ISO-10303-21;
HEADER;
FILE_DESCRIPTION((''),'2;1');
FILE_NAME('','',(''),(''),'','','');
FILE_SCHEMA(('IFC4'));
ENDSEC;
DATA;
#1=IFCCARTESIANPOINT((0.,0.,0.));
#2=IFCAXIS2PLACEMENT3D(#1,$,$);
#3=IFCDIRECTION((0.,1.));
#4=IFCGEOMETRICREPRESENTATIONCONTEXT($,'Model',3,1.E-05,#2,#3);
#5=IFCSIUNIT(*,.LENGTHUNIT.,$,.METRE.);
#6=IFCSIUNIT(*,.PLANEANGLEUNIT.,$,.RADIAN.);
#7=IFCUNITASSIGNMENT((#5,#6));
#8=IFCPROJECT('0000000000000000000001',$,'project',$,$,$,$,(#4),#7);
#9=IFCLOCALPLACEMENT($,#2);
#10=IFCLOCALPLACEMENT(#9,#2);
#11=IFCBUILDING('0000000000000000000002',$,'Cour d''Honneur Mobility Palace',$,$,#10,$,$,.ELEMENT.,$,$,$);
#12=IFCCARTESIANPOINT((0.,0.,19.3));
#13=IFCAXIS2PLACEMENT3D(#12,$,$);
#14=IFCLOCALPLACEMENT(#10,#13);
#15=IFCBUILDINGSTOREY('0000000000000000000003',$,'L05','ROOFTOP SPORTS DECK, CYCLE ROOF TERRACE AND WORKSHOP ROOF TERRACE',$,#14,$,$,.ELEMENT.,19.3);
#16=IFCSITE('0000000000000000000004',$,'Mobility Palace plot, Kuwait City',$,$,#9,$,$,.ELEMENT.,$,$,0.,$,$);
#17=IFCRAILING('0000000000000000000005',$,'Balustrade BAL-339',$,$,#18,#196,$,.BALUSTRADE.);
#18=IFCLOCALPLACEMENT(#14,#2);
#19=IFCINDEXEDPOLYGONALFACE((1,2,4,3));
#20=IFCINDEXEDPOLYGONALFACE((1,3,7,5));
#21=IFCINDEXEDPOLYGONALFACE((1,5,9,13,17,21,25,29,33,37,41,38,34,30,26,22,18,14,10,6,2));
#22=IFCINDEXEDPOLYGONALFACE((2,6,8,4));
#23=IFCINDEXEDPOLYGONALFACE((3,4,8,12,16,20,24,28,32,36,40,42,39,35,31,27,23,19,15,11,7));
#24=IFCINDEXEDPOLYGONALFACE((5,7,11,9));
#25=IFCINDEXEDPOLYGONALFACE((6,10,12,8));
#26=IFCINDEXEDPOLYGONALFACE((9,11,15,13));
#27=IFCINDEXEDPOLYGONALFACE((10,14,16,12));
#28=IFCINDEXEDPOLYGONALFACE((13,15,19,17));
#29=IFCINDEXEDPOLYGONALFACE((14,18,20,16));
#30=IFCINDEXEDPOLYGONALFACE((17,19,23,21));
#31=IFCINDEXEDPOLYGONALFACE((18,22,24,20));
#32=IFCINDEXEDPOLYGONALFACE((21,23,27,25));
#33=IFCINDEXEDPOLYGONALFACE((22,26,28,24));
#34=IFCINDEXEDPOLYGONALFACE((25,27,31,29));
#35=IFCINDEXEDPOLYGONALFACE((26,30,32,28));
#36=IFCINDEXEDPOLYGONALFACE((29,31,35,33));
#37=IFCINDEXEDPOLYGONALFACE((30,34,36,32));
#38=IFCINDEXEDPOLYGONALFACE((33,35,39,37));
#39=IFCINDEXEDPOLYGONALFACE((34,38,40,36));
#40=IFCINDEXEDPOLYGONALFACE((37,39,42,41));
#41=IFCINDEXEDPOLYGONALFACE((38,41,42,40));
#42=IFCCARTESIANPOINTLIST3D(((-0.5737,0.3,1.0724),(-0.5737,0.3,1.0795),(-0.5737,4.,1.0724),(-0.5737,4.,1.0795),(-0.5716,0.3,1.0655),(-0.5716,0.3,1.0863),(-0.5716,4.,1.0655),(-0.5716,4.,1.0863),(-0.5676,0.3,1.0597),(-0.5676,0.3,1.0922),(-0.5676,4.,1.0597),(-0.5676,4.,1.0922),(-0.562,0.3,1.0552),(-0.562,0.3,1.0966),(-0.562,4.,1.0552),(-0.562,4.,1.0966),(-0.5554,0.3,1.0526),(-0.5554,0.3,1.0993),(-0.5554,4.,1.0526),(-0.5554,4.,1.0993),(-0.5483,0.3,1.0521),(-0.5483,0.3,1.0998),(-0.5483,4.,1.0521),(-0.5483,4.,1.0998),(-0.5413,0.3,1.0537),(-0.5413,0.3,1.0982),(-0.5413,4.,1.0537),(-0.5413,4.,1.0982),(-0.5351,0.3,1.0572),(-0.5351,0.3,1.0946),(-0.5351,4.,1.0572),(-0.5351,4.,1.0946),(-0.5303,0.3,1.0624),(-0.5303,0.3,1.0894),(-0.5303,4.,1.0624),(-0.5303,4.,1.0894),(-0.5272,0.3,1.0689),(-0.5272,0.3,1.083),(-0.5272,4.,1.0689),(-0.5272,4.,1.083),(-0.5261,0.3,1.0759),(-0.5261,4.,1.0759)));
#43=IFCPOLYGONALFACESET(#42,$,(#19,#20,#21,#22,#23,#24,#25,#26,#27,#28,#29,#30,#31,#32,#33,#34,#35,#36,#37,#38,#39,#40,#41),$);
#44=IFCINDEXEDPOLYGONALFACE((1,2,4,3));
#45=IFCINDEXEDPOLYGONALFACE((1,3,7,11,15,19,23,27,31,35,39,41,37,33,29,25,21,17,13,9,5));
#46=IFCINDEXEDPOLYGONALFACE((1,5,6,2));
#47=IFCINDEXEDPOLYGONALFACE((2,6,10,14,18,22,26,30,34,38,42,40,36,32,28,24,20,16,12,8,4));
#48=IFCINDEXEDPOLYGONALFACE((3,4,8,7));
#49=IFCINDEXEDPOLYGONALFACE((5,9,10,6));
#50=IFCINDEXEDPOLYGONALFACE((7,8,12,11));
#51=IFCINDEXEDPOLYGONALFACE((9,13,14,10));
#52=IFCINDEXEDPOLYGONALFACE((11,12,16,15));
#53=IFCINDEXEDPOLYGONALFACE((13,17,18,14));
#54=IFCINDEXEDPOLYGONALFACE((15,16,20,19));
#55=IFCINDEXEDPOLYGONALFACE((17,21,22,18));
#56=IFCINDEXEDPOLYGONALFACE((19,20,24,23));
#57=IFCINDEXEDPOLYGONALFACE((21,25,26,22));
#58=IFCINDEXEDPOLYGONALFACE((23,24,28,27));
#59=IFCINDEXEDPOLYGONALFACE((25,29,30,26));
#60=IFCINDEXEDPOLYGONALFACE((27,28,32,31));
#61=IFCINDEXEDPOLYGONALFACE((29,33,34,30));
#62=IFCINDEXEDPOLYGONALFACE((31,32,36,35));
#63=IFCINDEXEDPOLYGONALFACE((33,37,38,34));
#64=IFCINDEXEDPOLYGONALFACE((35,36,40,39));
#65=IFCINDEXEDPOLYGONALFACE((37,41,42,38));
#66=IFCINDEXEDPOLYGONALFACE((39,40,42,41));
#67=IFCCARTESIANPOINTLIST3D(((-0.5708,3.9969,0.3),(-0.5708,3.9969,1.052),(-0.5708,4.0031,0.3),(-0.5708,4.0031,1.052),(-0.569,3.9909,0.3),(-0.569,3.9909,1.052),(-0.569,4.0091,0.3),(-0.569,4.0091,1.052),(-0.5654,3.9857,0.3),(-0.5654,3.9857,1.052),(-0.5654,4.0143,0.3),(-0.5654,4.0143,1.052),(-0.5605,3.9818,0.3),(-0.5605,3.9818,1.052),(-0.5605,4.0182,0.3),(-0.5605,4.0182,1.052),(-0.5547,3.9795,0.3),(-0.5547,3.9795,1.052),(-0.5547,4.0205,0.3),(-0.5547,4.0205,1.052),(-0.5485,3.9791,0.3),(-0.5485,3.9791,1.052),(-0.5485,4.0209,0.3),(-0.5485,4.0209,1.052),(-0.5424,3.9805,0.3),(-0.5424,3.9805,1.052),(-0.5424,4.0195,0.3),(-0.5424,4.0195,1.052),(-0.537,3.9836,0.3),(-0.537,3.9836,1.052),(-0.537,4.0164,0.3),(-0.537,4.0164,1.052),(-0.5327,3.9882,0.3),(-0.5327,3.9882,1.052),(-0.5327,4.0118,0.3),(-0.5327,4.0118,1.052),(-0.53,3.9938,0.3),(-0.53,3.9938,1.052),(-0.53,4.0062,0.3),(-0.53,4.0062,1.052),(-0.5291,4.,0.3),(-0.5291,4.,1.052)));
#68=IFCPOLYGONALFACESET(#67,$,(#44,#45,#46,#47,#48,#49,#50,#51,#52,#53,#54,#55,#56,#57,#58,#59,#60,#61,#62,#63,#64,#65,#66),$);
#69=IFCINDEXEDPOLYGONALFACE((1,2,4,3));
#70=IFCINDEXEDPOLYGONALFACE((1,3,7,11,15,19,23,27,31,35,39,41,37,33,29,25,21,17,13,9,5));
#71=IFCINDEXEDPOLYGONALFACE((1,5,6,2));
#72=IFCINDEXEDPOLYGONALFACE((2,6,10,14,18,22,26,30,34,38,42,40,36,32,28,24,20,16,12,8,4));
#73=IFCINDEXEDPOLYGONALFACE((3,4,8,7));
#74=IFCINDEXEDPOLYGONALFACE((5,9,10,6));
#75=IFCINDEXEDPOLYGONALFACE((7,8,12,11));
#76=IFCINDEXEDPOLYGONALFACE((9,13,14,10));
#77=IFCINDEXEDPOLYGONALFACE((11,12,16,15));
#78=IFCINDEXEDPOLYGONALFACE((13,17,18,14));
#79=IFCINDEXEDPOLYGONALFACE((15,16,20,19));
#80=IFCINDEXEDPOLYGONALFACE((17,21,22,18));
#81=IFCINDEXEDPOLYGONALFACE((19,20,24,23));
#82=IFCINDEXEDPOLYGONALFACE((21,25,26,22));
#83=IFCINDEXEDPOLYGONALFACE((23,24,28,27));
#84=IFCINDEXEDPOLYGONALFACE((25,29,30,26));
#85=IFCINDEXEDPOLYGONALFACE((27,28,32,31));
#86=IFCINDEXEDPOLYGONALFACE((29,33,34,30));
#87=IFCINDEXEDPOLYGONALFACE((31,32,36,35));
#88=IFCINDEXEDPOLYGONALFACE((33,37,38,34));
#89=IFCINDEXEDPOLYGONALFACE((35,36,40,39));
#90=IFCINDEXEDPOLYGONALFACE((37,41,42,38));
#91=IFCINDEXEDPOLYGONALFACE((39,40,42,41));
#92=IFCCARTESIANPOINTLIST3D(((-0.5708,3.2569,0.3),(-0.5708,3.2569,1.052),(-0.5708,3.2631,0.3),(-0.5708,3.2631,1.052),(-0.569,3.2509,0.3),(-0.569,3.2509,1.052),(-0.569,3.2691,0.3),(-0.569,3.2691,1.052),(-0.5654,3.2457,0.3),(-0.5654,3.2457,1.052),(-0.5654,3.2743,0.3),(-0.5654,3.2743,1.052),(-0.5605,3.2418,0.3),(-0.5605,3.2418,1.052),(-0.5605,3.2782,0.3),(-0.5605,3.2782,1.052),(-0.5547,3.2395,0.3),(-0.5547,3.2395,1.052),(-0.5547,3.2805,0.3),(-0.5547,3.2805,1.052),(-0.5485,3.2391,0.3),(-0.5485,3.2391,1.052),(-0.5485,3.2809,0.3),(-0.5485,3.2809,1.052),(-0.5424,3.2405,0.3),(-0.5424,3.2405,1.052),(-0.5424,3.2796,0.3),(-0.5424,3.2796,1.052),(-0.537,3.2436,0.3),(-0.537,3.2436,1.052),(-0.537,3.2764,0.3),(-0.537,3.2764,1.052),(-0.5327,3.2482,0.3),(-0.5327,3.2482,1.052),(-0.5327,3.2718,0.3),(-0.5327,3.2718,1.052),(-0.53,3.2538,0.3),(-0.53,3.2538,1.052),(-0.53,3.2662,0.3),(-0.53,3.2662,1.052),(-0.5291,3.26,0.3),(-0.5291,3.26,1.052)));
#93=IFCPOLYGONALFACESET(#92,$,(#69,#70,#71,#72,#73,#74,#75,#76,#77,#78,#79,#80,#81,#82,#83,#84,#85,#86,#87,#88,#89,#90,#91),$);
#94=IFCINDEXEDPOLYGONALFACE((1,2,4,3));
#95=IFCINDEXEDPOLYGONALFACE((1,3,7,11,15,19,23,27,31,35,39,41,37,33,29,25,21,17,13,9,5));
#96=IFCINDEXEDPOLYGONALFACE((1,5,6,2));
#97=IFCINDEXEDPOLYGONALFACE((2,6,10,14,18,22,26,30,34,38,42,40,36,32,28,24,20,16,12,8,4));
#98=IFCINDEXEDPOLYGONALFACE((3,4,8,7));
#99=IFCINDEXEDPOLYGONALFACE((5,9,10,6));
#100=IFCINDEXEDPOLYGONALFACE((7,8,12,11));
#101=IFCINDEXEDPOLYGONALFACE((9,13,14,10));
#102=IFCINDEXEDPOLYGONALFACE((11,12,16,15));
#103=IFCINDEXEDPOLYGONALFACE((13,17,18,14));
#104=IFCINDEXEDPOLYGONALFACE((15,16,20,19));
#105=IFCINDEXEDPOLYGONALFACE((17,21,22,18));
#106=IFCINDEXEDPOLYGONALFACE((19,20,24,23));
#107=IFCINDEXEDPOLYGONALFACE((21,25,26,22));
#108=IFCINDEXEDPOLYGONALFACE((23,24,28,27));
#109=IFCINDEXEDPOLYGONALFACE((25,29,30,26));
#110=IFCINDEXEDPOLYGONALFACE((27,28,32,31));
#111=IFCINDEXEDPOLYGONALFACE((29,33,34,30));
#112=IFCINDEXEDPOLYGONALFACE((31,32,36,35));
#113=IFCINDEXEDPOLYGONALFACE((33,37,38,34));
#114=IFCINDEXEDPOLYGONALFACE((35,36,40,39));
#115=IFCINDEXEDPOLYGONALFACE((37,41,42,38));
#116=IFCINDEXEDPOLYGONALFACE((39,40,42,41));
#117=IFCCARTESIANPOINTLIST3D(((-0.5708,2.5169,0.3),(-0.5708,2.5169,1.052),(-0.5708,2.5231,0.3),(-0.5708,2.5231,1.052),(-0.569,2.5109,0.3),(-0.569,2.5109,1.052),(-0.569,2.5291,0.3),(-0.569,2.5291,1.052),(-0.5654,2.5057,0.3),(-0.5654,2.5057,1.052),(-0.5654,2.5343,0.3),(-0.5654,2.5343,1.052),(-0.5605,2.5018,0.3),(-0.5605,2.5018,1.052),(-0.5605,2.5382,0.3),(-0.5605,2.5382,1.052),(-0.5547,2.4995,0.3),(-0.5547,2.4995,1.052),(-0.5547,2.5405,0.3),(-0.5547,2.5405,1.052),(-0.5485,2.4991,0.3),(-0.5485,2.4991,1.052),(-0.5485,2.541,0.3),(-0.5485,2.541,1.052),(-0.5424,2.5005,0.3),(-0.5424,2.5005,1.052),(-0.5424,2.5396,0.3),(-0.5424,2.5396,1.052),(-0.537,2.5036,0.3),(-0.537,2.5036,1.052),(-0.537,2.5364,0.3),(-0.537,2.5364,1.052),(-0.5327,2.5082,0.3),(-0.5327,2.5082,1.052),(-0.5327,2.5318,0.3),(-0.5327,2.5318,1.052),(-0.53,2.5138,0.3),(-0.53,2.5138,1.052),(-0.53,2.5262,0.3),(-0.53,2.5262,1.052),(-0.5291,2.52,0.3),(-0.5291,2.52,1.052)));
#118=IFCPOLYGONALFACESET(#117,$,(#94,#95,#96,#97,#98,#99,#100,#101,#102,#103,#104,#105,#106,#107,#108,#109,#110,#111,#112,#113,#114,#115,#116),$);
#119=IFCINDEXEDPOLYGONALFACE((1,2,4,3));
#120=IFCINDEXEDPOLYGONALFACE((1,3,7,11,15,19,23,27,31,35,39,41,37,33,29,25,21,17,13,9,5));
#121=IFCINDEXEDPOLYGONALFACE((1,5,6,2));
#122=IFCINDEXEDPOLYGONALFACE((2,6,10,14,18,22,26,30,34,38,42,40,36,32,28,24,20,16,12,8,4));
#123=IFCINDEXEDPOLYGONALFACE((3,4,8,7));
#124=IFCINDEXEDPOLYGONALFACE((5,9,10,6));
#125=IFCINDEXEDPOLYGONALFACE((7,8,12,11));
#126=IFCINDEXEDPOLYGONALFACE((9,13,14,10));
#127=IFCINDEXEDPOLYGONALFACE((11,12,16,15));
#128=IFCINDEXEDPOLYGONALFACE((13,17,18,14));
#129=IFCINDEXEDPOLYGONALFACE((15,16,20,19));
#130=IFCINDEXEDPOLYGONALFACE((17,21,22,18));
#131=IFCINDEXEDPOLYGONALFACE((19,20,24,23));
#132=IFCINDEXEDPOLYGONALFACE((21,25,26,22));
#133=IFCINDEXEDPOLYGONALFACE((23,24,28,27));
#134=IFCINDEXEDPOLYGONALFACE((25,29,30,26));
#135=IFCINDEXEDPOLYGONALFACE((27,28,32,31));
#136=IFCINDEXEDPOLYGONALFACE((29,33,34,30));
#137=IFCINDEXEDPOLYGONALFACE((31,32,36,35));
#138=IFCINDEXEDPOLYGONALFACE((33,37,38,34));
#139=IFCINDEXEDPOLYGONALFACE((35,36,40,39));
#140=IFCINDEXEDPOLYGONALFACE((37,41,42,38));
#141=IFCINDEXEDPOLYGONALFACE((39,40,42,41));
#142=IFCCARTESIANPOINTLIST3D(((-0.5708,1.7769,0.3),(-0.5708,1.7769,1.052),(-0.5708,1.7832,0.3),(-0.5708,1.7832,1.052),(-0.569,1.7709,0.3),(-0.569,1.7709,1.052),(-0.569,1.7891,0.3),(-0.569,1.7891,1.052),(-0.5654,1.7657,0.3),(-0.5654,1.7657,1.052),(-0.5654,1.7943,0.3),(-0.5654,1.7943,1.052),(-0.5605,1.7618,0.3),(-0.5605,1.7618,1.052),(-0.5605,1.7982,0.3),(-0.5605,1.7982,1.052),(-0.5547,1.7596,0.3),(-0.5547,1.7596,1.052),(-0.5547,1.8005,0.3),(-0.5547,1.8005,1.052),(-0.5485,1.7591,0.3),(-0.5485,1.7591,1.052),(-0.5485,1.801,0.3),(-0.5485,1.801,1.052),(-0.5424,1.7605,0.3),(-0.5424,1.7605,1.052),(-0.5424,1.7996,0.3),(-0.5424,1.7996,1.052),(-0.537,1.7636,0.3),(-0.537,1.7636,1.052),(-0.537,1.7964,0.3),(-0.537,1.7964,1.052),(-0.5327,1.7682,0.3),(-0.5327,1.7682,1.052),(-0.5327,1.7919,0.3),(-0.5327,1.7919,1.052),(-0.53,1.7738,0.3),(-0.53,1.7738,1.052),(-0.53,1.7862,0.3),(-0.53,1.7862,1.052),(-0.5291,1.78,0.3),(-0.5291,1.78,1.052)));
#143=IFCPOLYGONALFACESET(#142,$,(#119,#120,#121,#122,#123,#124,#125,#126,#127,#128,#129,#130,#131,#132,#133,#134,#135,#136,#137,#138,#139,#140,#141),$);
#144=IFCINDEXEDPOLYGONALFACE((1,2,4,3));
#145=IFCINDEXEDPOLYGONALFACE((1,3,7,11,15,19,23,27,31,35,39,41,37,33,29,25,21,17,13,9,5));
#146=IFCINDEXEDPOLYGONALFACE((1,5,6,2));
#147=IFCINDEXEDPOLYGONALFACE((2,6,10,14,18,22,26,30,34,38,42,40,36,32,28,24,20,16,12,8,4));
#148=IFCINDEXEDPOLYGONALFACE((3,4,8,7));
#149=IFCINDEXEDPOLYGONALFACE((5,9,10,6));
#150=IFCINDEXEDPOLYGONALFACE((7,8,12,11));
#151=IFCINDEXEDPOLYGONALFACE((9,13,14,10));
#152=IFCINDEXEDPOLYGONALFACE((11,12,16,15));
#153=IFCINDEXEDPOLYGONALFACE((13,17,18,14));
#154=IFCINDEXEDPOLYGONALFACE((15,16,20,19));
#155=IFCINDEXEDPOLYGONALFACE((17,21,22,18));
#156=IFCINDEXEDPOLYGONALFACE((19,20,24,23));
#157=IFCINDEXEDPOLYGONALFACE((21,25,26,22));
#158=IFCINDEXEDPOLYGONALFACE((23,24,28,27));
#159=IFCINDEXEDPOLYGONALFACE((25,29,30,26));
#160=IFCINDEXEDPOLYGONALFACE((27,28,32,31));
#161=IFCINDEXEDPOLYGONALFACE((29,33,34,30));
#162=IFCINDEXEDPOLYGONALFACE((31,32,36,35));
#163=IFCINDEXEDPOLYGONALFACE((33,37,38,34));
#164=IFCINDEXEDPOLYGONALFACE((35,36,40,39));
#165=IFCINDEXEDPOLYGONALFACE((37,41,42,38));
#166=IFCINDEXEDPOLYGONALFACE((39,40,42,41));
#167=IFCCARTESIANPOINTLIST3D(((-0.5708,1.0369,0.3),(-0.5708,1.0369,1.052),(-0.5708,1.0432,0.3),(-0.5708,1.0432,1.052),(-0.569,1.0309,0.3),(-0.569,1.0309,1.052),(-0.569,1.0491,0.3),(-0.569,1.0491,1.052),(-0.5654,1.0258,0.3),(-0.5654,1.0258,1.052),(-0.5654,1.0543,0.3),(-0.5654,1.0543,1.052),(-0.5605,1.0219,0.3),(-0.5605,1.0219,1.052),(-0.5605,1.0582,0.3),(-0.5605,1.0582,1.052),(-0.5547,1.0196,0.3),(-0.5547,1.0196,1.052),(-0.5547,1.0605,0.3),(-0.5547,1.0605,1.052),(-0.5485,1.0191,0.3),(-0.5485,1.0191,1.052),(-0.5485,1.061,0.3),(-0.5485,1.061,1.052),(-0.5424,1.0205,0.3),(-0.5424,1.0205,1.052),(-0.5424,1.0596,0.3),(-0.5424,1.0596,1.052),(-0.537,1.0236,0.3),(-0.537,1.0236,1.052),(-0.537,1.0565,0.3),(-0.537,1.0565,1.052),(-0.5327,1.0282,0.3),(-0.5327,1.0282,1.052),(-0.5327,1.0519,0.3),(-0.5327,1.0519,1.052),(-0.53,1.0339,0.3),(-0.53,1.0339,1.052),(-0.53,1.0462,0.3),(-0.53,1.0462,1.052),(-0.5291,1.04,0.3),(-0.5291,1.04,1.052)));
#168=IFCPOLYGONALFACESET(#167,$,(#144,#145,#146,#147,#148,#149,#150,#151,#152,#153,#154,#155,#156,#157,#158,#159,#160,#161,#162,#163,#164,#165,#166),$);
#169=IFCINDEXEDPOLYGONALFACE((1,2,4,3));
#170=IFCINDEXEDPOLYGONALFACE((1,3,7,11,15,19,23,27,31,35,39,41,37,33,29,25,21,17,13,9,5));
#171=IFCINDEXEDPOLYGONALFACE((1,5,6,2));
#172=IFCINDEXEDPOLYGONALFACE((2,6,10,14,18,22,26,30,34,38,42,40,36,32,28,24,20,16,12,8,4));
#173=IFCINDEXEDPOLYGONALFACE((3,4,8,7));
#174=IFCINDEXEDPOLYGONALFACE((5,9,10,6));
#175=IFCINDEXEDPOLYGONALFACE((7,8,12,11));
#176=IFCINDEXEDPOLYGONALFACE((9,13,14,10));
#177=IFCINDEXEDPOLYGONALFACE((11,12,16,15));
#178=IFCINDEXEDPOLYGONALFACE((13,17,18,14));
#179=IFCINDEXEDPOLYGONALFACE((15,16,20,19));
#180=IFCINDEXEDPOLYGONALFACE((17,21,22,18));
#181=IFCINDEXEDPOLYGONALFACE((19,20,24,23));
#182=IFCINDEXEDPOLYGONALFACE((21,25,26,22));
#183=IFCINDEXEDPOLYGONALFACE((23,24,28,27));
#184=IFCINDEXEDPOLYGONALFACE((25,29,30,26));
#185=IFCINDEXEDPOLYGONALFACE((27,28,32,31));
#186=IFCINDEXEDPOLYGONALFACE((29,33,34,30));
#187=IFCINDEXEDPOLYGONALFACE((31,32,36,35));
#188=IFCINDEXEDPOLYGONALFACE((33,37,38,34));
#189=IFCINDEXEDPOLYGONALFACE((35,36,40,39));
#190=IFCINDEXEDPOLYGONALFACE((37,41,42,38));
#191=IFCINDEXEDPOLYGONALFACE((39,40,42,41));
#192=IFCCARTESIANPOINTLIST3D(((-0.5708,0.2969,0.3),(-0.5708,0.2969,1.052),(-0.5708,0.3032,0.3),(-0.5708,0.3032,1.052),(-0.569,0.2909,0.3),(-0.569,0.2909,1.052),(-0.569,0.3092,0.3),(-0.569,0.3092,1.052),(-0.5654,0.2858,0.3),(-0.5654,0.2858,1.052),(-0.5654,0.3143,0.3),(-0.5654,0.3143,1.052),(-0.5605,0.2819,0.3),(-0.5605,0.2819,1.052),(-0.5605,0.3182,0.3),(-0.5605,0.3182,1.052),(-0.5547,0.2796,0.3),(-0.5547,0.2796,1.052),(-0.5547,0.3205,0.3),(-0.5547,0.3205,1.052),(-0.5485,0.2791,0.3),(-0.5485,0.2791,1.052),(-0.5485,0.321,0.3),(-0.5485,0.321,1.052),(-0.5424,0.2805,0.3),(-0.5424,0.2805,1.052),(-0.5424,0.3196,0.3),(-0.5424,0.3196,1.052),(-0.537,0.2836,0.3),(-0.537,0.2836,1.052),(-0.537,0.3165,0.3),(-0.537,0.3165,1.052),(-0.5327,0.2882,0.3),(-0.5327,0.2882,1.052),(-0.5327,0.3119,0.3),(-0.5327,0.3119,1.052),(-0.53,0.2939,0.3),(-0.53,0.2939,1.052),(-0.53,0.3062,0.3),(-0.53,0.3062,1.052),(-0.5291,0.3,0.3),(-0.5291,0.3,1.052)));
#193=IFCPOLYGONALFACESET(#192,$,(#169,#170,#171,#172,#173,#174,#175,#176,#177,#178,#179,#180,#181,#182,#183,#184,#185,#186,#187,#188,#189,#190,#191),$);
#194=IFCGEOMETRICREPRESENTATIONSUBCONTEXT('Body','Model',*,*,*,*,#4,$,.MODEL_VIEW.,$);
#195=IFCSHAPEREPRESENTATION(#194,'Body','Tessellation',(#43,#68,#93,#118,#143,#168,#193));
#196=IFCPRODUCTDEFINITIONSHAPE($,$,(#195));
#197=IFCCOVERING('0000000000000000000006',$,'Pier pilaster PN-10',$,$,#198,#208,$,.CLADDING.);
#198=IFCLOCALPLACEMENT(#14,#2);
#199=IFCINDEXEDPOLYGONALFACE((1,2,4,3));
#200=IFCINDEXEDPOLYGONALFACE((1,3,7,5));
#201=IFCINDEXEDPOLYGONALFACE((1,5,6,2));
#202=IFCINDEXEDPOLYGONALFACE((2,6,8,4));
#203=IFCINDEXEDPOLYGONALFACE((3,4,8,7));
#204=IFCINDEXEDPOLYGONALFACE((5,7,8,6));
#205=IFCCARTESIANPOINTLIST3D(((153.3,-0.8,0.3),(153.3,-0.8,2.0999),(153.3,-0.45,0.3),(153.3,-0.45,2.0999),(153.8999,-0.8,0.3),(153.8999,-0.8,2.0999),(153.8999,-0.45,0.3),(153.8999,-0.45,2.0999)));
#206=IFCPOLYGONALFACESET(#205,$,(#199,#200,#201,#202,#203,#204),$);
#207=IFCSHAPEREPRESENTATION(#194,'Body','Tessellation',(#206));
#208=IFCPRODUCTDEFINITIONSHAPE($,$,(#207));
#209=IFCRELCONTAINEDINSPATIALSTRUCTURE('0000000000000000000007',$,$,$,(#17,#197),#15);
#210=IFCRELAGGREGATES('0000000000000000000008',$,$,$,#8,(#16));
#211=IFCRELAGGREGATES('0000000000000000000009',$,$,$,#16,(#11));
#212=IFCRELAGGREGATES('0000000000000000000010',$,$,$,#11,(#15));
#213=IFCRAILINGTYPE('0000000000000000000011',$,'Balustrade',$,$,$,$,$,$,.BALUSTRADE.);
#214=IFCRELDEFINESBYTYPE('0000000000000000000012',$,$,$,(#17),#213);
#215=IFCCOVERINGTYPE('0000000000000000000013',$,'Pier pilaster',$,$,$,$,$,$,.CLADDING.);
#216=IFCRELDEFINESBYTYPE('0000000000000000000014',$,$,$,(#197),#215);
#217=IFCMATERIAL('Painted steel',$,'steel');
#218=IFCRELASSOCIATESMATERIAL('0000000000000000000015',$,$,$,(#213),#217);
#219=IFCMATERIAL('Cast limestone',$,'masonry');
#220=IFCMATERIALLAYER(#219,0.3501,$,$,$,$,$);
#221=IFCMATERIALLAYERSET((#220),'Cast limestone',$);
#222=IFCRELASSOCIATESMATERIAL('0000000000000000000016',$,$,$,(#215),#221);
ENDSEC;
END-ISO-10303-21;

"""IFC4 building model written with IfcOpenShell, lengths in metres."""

from ifc_helpers import new_model, si_unit, direction, frame, origin, origin_2d, place, context, subcontext, project, spatial, polyline, circle, outline, extrude, material, layer, layer_set, type_object, element, save


model = new_model("IFC4")

# Units and contexts
model_context = context("Model", 3, precision=1e-05, world=origin(), true_north=direction((0.0, 1.0)))
body_context = subcontext(model_context, "Body", "Model", "MODEL_VIEW")
ifc_project = project(units=[si_unit("LENGTHUNIT", "METRE"), si_unit("PLANEANGLEUNIT", "RADIAN")], contexts=[model_context])

# Site, building, storey
site_placement = place(None, origin())
site = spatial("IfcSite", under=ifc_project, at=site_placement, Name="Mobility Palace plot, Kuwait City", CompositionType="ELEMENT", RefElevation=0.0)
building_placement = place(site_placement, origin())
building = spatial("IfcBuilding", under=site, at=building_placement, Name="Cour d'Honneur Mobility Palace", CompositionType="ELEMENT")
storey_placement = place(building_placement, frame((0.0, 0.0, 19.3)))
storey = spatial("IfcBuildingStorey", under=building, at=storey_placement, Name="L05", Description="ROOFTOP SPORTS DECK, CYCLE ROOF TERRACE AND WORKSHOP ROOF TERRACE", CompositionType="ELEMENT", Elevation=19.3)

# Railing
ifc_material_1 = material(Name="Painted steel", Category="steel")
railing_type = type_object("IfcRailingType", Name="Balustrade", PredefinedType="BALUSTRADE", material=ifc_material_1)
railing_placement = place(storey_placement, frame((-0.55, 4.0, 0.3)))
element("IfcRailing", 1, at=railing_placement, inside=storey, type_object=railing_type, Name="Balustrade BAL-339", PredefinedType="BALUSTRADE", context=body_context, shape_type="SweptSolid", body=[
    extrude(circle(Radius=0.0239, at=origin_2d()), frame((0.0, 0.0, 0.7759), z_axis=(0.0, -1.0, 0.0), x_axis=(1.0, 0.0, 0.0)), (0.0, 0.0, 1.0), 3.7),
    extrude(circle(Radius=0.021, at=origin_2d()), origin(), (0.0, 0.0, 1.0), 0.752),
    extrude(circle(Radius=0.021, at=origin_2d()), frame((0.0, -0.74, 0.0)), (0.0, 0.0, 1.0), 0.752),
    extrude(circle(Radius=0.021, at=origin_2d()), frame((0.0, -1.48, 0.0)), (0.0, 0.0, 1.0), 0.752),
    extrude(circle(Radius=0.021, at=origin_2d()), frame((0.0, -2.22, 0.0)), (0.0, 0.0, 1.0), 0.752),
    extrude(circle(Radius=0.021, at=origin_2d()), frame((0.0, -2.96, 0.0)), (0.0, 0.0, 1.0), 0.752),
    extrude(circle(Radius=0.021, at=origin_2d()), frame((0.0, -3.7, 0.0)), (0.0, 0.0, 1.0), 0.752),
])

# Covering
ifc_material_2 = material(Name="Cast limestone", Category="masonry")
ifc_layer_1 = layer(ifc_material_2, 0.3501)
ifc_layer_set_1 = layer_set([ifc_layer_1], Name="Cast limestone")
covering_type_1 = type_object("IfcCoveringType", Name="Pier pilaster", PredefinedType="CLADDING", material=ifc_layer_set_1)
covering_1_placement = place(storey_placement, frame((0.0, 0.0, 0.3)))
element("IfcCovering", 2, at=covering_1_placement, inside=storey, type_object=covering_type_1, Name="Pier pilaster PN-10", PredefinedType="CLADDING", context=body_context, shape_type="SweptSolid", body=[
    extrude(outline(polyline([(153.3, -0.45), (153.8999, -0.45), (153.8999, -0.8), (153.3, -0.8), (153.3, -0.45)])), origin(), (0.0, 0.0, 1.0), 1.7998),
])

save(model, "model.ifc")
